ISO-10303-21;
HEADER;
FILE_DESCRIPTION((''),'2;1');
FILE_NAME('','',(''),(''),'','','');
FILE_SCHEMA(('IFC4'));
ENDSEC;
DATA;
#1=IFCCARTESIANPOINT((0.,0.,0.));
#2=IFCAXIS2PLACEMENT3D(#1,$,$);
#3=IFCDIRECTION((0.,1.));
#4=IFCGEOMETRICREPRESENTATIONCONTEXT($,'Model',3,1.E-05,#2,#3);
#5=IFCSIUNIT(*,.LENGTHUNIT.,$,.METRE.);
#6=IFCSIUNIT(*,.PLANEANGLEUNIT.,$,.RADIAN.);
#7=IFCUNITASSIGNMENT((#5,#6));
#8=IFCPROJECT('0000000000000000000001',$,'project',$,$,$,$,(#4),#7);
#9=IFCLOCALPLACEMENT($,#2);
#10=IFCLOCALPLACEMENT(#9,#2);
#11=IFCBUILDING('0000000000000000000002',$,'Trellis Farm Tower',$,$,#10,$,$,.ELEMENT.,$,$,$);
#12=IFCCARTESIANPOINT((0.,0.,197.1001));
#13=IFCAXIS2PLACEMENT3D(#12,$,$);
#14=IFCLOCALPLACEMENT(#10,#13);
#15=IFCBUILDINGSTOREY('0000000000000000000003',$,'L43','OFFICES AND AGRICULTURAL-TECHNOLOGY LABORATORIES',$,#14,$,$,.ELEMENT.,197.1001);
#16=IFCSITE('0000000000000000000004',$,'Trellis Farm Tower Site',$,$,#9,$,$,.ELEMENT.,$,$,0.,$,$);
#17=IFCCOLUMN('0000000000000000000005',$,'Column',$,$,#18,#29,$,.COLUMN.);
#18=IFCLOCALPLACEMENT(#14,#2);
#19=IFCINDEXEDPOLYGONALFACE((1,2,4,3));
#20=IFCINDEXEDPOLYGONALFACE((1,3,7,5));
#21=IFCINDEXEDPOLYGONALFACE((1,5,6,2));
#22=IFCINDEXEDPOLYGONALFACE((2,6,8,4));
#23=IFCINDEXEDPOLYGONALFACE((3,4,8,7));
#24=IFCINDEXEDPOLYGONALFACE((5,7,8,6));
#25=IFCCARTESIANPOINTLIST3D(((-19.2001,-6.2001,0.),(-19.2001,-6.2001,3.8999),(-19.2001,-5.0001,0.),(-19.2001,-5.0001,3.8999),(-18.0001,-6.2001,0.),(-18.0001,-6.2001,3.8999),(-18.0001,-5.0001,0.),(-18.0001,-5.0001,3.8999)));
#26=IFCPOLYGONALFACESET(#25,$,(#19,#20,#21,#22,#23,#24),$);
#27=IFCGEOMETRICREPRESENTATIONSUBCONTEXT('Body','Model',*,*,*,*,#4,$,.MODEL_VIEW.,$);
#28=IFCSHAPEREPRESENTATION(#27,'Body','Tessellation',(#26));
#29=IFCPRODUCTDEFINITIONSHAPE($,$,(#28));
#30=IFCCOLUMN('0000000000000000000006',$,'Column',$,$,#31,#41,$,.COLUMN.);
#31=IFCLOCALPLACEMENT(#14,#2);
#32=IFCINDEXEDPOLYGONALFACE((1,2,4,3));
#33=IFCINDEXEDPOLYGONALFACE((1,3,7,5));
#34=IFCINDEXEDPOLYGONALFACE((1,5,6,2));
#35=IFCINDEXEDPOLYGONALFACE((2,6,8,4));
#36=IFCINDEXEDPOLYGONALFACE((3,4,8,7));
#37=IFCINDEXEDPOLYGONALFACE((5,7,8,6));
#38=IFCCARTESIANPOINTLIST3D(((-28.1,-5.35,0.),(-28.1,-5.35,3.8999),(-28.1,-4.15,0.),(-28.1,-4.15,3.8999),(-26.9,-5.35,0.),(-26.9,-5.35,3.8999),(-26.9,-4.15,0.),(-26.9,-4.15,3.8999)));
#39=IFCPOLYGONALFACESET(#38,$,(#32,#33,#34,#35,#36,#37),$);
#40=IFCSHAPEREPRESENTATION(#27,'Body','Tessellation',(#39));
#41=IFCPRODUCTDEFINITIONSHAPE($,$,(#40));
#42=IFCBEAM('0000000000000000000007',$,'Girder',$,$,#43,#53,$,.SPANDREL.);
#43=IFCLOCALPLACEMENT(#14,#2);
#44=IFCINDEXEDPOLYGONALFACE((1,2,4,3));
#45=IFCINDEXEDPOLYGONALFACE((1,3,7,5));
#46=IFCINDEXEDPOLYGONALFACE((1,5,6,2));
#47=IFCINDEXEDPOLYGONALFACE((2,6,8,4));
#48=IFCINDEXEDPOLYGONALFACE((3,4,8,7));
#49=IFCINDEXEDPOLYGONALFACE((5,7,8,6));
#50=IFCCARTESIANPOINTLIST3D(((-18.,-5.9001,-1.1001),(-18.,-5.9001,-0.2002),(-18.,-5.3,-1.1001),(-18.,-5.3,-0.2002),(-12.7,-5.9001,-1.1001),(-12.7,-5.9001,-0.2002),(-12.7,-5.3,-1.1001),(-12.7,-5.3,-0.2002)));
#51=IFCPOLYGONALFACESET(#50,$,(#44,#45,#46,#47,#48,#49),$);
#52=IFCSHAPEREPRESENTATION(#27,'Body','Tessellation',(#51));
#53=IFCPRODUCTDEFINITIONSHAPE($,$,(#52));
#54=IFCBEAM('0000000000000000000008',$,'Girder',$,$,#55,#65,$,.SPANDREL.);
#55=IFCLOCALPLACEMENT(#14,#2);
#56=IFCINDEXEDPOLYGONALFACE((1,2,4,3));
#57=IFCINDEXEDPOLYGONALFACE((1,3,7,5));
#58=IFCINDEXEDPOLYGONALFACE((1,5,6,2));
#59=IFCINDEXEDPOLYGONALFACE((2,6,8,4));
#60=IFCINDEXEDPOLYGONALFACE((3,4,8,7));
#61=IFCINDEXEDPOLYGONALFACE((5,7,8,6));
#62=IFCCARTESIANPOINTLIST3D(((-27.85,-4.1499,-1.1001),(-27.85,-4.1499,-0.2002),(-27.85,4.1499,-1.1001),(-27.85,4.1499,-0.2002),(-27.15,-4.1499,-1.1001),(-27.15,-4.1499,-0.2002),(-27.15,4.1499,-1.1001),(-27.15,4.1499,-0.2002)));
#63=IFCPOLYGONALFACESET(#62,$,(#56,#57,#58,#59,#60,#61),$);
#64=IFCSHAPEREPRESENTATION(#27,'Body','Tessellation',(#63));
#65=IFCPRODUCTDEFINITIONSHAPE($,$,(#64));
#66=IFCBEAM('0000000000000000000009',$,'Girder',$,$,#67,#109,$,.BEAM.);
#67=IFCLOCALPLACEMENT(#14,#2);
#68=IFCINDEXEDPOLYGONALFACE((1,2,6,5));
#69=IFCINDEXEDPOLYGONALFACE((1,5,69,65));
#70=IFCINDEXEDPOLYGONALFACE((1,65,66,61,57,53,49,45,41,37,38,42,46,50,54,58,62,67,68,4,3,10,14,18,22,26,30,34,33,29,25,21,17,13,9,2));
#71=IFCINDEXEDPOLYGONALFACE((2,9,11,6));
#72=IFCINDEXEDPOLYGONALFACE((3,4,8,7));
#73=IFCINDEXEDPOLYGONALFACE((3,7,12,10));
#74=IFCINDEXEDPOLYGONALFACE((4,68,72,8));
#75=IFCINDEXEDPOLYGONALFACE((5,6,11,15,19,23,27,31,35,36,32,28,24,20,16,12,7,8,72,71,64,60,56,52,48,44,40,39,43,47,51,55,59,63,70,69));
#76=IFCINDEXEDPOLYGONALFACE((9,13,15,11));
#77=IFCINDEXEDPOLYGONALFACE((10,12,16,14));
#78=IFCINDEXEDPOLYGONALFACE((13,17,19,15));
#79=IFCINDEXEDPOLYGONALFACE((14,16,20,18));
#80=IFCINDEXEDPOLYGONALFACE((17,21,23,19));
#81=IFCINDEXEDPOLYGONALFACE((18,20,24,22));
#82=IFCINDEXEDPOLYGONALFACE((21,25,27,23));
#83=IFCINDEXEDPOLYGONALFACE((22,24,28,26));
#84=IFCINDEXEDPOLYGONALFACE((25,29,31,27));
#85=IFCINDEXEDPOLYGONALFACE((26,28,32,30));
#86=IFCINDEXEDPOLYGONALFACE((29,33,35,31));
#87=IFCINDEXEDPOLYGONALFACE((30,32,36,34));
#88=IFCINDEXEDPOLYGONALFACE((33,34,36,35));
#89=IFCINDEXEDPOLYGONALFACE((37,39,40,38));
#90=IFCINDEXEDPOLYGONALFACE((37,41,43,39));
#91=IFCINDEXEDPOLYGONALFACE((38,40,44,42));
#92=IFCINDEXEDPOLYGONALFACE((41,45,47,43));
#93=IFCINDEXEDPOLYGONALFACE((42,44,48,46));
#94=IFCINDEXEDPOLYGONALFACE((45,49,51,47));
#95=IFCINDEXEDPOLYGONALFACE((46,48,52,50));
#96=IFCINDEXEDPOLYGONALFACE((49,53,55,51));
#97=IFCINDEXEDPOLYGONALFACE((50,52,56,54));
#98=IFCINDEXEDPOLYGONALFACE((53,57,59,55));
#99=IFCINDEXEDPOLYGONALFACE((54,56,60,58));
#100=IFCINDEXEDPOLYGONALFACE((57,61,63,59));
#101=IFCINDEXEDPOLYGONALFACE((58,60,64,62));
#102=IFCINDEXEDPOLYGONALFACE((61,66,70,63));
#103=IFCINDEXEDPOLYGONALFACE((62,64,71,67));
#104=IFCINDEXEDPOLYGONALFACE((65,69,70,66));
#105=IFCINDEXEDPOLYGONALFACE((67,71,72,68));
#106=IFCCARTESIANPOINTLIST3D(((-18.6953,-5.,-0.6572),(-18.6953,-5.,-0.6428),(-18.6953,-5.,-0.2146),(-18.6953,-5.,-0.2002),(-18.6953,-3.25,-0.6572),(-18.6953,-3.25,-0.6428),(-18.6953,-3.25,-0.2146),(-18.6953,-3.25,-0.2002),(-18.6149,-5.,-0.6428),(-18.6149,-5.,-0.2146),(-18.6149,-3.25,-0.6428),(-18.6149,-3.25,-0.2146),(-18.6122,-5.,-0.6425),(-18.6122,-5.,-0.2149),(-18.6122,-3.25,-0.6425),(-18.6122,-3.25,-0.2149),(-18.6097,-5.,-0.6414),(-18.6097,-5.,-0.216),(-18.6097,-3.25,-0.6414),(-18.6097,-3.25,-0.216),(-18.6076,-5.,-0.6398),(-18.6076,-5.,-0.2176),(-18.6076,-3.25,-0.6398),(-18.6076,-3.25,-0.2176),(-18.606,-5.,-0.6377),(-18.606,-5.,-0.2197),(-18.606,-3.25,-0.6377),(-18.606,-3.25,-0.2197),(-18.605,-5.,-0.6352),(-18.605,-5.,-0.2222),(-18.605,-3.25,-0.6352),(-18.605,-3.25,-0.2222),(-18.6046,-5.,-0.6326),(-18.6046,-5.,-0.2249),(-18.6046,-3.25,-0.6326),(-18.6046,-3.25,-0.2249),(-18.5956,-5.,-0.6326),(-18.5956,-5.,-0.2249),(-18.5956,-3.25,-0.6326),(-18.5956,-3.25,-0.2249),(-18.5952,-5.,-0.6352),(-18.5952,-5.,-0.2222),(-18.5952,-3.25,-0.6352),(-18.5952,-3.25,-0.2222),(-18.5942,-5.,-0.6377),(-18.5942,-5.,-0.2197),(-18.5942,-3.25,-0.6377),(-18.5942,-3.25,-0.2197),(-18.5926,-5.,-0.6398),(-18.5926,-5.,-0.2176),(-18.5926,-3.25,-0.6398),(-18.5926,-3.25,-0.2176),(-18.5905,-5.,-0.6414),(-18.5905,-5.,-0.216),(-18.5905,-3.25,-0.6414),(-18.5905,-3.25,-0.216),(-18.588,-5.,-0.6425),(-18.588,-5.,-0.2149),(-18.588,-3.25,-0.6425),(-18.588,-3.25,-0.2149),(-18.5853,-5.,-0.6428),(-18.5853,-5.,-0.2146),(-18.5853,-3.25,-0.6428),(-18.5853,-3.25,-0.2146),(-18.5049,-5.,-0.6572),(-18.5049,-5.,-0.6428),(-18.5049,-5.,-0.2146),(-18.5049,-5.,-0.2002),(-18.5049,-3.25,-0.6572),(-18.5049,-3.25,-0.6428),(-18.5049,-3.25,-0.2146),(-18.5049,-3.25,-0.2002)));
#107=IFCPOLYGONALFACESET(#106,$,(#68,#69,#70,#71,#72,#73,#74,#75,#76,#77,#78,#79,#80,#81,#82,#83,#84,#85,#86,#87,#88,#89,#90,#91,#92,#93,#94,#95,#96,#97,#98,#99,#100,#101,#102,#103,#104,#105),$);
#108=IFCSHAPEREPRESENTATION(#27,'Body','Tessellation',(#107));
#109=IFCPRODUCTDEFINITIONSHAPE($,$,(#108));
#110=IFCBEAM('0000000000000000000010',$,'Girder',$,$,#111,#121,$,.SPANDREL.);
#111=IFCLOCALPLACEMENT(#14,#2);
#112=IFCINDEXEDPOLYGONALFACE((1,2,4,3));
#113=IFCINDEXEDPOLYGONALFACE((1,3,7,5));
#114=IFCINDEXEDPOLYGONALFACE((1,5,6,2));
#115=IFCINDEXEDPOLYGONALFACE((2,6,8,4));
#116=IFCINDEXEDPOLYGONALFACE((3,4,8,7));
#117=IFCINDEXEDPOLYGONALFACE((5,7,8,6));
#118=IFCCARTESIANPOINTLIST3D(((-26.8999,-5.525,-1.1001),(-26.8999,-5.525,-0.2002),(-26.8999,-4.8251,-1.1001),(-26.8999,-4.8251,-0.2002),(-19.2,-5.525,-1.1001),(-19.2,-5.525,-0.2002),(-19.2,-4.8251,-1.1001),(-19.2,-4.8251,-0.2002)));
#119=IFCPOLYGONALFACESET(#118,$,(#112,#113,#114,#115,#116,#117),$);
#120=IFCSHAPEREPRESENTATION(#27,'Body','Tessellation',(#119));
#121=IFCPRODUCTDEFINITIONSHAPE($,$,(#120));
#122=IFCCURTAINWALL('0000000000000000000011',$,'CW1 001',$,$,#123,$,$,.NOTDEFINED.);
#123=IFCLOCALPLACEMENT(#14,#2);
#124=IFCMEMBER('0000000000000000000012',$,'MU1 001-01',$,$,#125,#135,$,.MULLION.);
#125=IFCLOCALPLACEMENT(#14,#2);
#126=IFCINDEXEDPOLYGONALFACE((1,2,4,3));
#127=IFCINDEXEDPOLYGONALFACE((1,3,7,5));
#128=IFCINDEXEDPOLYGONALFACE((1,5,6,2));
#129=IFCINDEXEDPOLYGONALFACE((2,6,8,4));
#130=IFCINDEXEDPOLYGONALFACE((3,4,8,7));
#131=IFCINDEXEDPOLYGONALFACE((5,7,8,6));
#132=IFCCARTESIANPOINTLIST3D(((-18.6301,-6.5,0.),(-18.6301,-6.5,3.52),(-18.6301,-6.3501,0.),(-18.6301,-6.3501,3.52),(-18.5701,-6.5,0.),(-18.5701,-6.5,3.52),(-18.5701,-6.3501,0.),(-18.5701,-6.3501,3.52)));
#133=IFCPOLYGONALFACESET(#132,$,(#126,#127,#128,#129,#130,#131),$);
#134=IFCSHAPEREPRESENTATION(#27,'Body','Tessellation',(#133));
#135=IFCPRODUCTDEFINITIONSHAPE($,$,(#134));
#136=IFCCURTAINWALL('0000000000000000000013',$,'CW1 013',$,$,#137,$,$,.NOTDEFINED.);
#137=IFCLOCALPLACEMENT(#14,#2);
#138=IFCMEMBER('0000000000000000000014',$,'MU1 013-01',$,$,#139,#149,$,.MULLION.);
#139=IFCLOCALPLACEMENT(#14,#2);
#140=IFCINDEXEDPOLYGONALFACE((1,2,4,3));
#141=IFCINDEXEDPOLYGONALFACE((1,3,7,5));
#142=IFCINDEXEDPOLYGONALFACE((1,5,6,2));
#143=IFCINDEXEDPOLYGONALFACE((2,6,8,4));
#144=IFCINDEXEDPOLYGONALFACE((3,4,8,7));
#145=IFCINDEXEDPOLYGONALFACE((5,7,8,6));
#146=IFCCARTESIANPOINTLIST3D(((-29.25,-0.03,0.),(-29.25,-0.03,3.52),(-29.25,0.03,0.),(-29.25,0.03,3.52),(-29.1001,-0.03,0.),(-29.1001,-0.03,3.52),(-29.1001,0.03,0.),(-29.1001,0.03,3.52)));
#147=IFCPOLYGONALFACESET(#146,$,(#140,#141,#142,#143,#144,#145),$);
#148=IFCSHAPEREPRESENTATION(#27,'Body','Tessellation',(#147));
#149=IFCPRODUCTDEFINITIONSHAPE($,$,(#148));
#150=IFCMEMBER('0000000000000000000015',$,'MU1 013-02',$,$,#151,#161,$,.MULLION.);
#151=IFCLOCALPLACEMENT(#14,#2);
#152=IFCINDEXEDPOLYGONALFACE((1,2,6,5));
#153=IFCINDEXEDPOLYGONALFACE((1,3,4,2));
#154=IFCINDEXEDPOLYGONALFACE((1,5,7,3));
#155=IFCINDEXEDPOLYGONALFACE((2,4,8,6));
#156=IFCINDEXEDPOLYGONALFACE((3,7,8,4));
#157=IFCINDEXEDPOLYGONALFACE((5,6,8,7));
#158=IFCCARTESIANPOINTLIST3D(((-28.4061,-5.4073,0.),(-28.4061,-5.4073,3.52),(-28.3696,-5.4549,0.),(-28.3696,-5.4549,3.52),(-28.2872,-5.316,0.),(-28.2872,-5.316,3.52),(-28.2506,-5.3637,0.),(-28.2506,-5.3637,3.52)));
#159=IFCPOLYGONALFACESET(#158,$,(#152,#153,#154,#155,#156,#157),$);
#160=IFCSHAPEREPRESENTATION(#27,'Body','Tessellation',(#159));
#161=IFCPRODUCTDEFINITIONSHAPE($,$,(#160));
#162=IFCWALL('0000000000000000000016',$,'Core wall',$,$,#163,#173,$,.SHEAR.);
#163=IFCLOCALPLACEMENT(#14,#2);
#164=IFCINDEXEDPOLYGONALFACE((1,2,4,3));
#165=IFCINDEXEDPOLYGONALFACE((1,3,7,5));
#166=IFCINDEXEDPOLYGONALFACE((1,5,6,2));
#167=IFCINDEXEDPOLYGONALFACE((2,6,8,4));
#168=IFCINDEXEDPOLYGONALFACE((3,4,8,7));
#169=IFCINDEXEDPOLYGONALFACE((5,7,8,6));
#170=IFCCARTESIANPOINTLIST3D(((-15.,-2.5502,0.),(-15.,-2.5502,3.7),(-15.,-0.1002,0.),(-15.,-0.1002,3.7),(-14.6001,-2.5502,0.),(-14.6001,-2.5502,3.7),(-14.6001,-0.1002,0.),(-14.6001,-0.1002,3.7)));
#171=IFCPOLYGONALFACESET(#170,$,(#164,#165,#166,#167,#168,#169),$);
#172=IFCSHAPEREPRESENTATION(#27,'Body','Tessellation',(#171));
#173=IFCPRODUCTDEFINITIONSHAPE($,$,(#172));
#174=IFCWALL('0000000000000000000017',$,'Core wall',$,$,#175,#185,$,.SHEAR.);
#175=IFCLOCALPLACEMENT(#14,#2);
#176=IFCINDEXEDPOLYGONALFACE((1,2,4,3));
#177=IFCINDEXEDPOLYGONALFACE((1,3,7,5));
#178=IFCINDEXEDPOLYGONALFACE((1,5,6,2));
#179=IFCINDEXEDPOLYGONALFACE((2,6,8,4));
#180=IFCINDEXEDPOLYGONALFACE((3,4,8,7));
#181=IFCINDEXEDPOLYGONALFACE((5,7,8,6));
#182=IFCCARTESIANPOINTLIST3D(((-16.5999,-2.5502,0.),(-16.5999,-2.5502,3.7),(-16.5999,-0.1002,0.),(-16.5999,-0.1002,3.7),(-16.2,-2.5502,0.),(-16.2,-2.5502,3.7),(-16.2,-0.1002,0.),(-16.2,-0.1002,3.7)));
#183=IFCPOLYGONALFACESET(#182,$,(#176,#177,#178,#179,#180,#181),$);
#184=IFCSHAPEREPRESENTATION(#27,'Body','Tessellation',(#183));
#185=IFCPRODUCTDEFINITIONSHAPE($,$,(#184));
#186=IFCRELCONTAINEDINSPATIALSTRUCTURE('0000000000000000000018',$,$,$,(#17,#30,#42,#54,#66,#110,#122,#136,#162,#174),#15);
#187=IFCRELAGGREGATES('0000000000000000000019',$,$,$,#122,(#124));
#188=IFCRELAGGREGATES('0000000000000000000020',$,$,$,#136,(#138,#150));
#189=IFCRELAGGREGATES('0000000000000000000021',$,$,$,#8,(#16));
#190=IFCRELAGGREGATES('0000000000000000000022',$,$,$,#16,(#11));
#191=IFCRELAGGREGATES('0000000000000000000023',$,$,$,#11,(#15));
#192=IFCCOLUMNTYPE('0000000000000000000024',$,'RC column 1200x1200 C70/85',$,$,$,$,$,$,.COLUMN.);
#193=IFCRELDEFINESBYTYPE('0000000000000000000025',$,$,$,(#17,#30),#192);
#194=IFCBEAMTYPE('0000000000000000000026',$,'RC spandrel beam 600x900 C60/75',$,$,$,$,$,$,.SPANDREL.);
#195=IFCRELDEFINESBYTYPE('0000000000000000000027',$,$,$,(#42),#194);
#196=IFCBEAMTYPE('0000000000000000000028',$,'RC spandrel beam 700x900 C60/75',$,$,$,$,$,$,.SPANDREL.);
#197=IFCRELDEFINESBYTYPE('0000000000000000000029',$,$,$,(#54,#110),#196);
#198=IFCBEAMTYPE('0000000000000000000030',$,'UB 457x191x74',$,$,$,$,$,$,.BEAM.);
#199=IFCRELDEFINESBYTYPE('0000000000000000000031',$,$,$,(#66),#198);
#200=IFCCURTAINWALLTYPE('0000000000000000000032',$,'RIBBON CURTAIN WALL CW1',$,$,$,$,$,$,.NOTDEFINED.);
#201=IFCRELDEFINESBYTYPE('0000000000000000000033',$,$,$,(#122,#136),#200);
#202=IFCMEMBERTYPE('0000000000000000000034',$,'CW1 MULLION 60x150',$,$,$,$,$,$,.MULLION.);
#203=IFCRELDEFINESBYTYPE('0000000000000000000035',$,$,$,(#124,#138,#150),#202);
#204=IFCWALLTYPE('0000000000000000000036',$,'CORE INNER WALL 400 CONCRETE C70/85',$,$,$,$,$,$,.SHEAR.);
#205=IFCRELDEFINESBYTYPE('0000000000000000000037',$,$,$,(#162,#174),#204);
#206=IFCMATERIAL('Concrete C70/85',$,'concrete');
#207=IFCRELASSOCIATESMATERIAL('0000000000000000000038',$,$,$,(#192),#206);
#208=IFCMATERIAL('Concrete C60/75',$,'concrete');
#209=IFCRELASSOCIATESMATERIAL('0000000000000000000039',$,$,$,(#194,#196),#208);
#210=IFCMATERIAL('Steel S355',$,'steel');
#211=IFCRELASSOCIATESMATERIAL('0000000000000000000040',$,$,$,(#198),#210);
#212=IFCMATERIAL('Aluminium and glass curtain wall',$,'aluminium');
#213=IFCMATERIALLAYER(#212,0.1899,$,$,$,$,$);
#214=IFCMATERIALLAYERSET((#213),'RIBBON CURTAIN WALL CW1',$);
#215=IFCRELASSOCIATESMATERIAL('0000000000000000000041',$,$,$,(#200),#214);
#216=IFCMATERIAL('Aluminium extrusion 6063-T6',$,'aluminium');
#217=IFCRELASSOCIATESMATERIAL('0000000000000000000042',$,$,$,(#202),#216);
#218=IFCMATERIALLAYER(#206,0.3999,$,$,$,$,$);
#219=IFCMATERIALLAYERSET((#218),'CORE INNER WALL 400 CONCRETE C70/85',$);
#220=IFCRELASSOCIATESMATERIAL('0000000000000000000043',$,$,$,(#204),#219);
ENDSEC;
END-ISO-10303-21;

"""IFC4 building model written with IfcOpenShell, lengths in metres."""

from ifc_helpers import new_model, si_unit, direction, frame, frame_2d, origin, origin_2d, place, context, subcontext, project, spatial, rectangle, i_section, extrude, source, transform, mapped, material, layer, layer_set, material_profile, profile_set, type_object, element, aggregate, save


model = new_model("IFC4")

# Units and contexts
model_context = context("Model", 3, precision=1e-05, world=origin(), true_north=direction((0.0, 1.0)))
body_context = subcontext(model_context, "Body", "Model", "MODEL_VIEW")
ifc_project = project(units=[si_unit("LENGTHUNIT", "METRE"), si_unit("PLANEANGLEUNIT", "RADIAN")], contexts=[model_context])

# Site, building, storey
site_placement = place(None, origin())
site = spatial("IfcSite", under=ifc_project, at=site_placement, Name="Trellis Farm Tower Site", CompositionType="ELEMENT", RefElevation=0.0)
building_placement = place(site_placement, origin())
building = spatial("IfcBuilding", under=site, at=building_placement, Name="Trellis Farm Tower", CompositionType="ELEMENT")
storey_placement = place(building_placement, frame((0.0, 0.0, 197.1001)))
storey = spatial("IfcBuildingStorey", under=building, at=storey_placement, Name="L43", Description="OFFICES AND AGRICULTURAL-TECHNOLOGY LABORATORIES", CompositionType="ELEMENT", Elevation=197.1001)

# Columns
ifc_material_1 = material(Name="Concrete C70/85", Category="concrete")
ifc_material_profile_1 = material_profile(ifc_material_1, rectangle(XDim=1.2, YDim=1.2, at=origin_2d()), Name="RC column 1200x1200 C70/85")
ifc_profile_set_1 = profile_set([ifc_material_profile_1], Name="Concrete C70/85")
column_type = type_object("IfcColumnType", Name="RC column 1200x1200 C70/85", PredefinedType="COLUMN", material=ifc_profile_set_1)
shared_shape_1 = source(origin(), body_context, "Body", "SweptSolid", [
    extrude(rectangle(XDim=1.2, YDim=1.2, at=origin_2d()), origin(), (0.0, 0.0, 1.0), 3.8999),
])
for number, where, z_axis, x_axis, name in (
    (1, (-18.6001, -5.6001, 0.0), (0.0, 0.0, 1.0), (1.0, 0.0, 0.0), "Column"),
    (2, (-27.5, -4.75, 0.0), (0.0, 0.0, 1.0), (1.0, 0.0, 0.0), "Column"),
):
    element("IfcColumn", number, at=place(storey_placement, frame(where, z_axis=z_axis, x_axis=x_axis)), inside=storey, type_object=column_type, Name=name, PredefinedType="COLUMN", context=body_context, shape_type="MappedRepresentation", body=[
        mapped(shared_shape_1, transform((0.0, 0.0, 0.0))),
    ])

# Beams
ifc_material_2 = material(Name="Concrete C60/75", Category="concrete")
ifc_material_profile_2 = material_profile(ifc_material_2, rectangle(XDim=0.6001, YDim=0.8999, at=origin_2d()), Name="RC spandrel beam 600x900 C60/75")
ifc_profile_set_2 = profile_set([ifc_material_profile_2], Name="Concrete C60/75")
beam_type_1 = type_object("IfcBeamType", Name="RC spandrel beam 600x900 C60/75", PredefinedType="SPANDREL", material=ifc_profile_set_2)
shared_shape_2 = source(origin(), body_context, "Body", "SweptSolid", [
    extrude(rectangle(XDim=0.6001, YDim=0.8999, at=origin_2d()), origin(), (0.0, 0.0, 1.0), 5.3),
])
beam_1_placement = place(storey_placement, frame((-18.0, -5.6001, -0.6501), z_axis=(1.0, 0.0, 0.0), x_axis=(0.0, 1.0, 0.0)))
element("IfcBeam", 3, at=beam_1_placement, inside=storey, type_object=beam_type_1, Name="Girder", PredefinedType="SPANDREL", context=body_context, shape_type="MappedRepresentation", body=[
    mapped(shared_shape_2, transform((0.0, 0.0, 0.0))),
])
ifc_material_profile_3 = material_profile(ifc_material_2, rectangle(XDim=0.7, YDim=0.8999, at=origin_2d()), Name="RC spandrel beam 700x900 C60/75")
ifc_profile_set_3 = profile_set([ifc_material_profile_3], Name="Concrete C60/75")
beam_type_2 = type_object("IfcBeamType", Name="RC spandrel beam 700x900 C60/75", PredefinedType="SPANDREL", material=ifc_profile_set_3)
shared_shape_3 = source(origin(), body_context, "Body", "SweptSolid", [
    extrude(rectangle(XDim=0.7, YDim=0.8999, at=origin_2d()), origin(), (0.0, 0.0, 1.0), 8.2998),
])
beam_2_placement = place(storey_placement, frame((-27.5, -4.1499, -0.6501), z_axis=(0.0, 1.0, 0.0), x_axis=(-1.0, 0.0, 0.0)))
element("IfcBeam", 4, at=beam_2_placement, inside=storey, type_object=beam_type_2, Name="Girder", PredefinedType="SPANDREL", context=body_context, shape_type="MappedRepresentation", body=[
    mapped(shared_shape_3, transform((0.0, 0.0, 0.0))),
])
ifc_material_3 = material(Name="Steel S355", Category="steel")
ifc_material_profile_4 = material_profile(ifc_material_3, i_section(OverallWidth=0.1904, OverallDepth=0.457, WebThickness=0.009, FlangeThickness=0.0144, FilletRadius=0.0103, at=origin_2d()), Name="UB 457x191x74")
ifc_profile_set_4 = profile_set([ifc_material_profile_4], Name="Steel S355")
beam_type_3 = type_object("IfcBeamType", Name="UB 457x191x74", PredefinedType="BEAM", material=ifc_profile_set_4)
shared_shape_4 = source(origin(), body_context, "Body", "SweptSolid", [
    extrude(i_section(OverallWidth=0.1904, OverallDepth=0.457, WebThickness=0.009, FlangeThickness=0.0144, FilletRadius=0.0103, at=origin_2d()), origin(), (0.0, 0.0, 1.0), 1.75),
])
beam_3_placement = place(storey_placement, frame((-18.6001, -5.0, -0.4287), z_axis=(0.0, 1.0, 0.0), x_axis=(-1.0, 0.0, 0.0)))
element("IfcBeam", 5, at=beam_3_placement, inside=storey, type_object=beam_type_3, Name="Girder", PredefinedType="BEAM", context=body_context, shape_type="MappedRepresentation", body=[
    mapped(shared_shape_4, transform((0.0, 0.0, 0.0))),
])
shared_shape_5 = source(origin(), body_context, "Body", "SweptSolid", [
    extrude(rectangle(XDim=0.7, YDim=0.8999, at=origin_2d()), origin(), (0.0, 0.0, 1.0), 7.7),
])
beam_4_placement = place(storey_placement, frame((-26.8999, -5.175, -0.6501), z_axis=(1.0, 0.0, 0.0), x_axis=(0.0, 1.0, 0.0)))
element("IfcBeam", 6, at=beam_4_placement, inside=storey, type_object=beam_type_2, Name="Girder", PredefinedType="SPANDREL", context=body_context, shape_type="MappedRepresentation", body=[
    mapped(shared_shape_5, transform((0.0, 0.0, 0.0))),
])

# Curtain wall, member
ifc_material_4 = material(Name="Aluminium and glass curtain wall", Category="aluminium")
ifc_layer_1 = layer(ifc_material_4, 0.1899)
ifc_layer_set_1 = layer_set([ifc_layer_1], Name="RIBBON CURTAIN WALL CW1")
curtain_wall_type = type_object("IfcCurtainWallType", Name="RIBBON CURTAIN WALL CW1", PredefinedType="NOTDEFINED", material=ifc_layer_set_1)
placement = place(storey_placement, origin())
curtain_wall_1 = element("IfcCurtainWall", 7, at=placement, inside=storey, type_object=curtain_wall_type, Name="CW1 001", PredefinedType="NOTDEFINED")
ifc_material_5 = material(Name="Aluminium extrusion 6063-T6", Category="aluminium")
ifc_material_profile_5 = material_profile(ifc_material_5, rectangle(XDim=0.0601, YDim=0.1499, at=origin_2d()), Name="MULLION 60x150")
ifc_profile_set_5 = profile_set([ifc_material_profile_5], Name="Aluminium extrusion 6063-T6")
member_type = type_object("IfcMemberType", Name="CW1 MULLION 60x150", PredefinedType="MULLION", material=ifc_profile_set_5)
shared_shape_6 = source(origin(), body_context, "Body", "SweptSolid", [
    extrude(rectangle(XDim=0.0601, YDim=0.1499, at=origin_2d()), origin(), (0.0, 0.0, 1.0), 3.52),
])
member_1_placement = place(storey_placement, frame((-18.6001, -6.425, 0.0), z_axis=(0.0, 0.0, 1.0), x_axis=(1.0, 0.0, 0.0)))
member_1 = element("IfcMember", 8, at=member_1_placement, type_object=member_type, Name="MU1 001-01", PredefinedType="MULLION", context=body_context, shape_type="MappedRepresentation", body=[
    mapped(shared_shape_6, transform((0.0, 0.0, 0.0))),
])
aggregate(curtain_wall_1, [member_1])

# Curtain wall, members
curtain_wall_2 = element("IfcCurtainWall", 9, at=placement, inside=storey, type_object=curtain_wall_type, Name="CW1 013", PredefinedType="NOTDEFINED")
member_2_placement = place(storey_placement, frame((-29.175, 0.0, 0.0), z_axis=(0.0, 0.0, 1.0), x_axis=(0.0, -1.0, 0.0)))
member_2 = element("IfcMember", 10, at=member_2_placement, type_object=member_type, Name="MU1 013-01", PredefinedType="MULLION", context=body_context, shape_type="MappedRepresentation", body=[
    mapped(shared_shape_6, transform((0.0, 0.0, 0.0))),
])
member_3_placement = place(storey_placement, frame((-28.3284, -5.3855, 0.0), z_axis=(0.0, 0.0, 1.0), x_axis=(0.608761, -0.793353, 0.0)))
member_3 = element("IfcMember", 11, at=member_3_placement, type_object=member_type, Name="MU1 013-02", PredefinedType="MULLION", context=body_context, shape_type="MappedRepresentation", body=[
    mapped(shared_shape_6, transform((0.0, 0.0, 0.0))),
])
aggregate(curtain_wall_2, [member_2, member_3])

# Walls
ifc_layer_2 = layer(ifc_material_1, 0.3999)
ifc_layer_set_2 = layer_set([ifc_layer_2], Name="CORE INNER WALL 400 CONCRETE C70/85")
wall_type_1 = type_object("IfcWallType", Name="CORE INNER WALL 400 CONCRETE C70/85", PredefinedType="SHEAR", material=ifc_layer_set_2)
shared_shape_7 = source(origin(), body_context, "Body", "SweptSolid", [
    extrude(rectangle(XDim=2.45, YDim=0.3999, at=frame_2d((1.2251, 0.0))), origin(), (0.0, 0.0, 1.0), 3.7),
])
for number, where, z_axis, x_axis, name in (
    (12, (-14.8, -0.1001, 0.0), (0.0, 0.0, 1.0), (0.0, -1.0, 0.0), "Core wall"),
    (13, (-16.3999, -0.1001, 0.0), (0.0, 0.0, 1.0), (0.0, -1.0, 0.0), "Core wall"),
):
    element("IfcWall", number, at=place(storey_placement, frame(where, z_axis=z_axis, x_axis=x_axis)), inside=storey, type_object=wall_type_1, Name=name, PredefinedType="SHEAR", context=body_context, shape_type="MappedRepresentation", body=[
        mapped(shared_shape_7, transform((0.0, 0.0, 0.0))),
    ])

save(model, "model.ifc")
